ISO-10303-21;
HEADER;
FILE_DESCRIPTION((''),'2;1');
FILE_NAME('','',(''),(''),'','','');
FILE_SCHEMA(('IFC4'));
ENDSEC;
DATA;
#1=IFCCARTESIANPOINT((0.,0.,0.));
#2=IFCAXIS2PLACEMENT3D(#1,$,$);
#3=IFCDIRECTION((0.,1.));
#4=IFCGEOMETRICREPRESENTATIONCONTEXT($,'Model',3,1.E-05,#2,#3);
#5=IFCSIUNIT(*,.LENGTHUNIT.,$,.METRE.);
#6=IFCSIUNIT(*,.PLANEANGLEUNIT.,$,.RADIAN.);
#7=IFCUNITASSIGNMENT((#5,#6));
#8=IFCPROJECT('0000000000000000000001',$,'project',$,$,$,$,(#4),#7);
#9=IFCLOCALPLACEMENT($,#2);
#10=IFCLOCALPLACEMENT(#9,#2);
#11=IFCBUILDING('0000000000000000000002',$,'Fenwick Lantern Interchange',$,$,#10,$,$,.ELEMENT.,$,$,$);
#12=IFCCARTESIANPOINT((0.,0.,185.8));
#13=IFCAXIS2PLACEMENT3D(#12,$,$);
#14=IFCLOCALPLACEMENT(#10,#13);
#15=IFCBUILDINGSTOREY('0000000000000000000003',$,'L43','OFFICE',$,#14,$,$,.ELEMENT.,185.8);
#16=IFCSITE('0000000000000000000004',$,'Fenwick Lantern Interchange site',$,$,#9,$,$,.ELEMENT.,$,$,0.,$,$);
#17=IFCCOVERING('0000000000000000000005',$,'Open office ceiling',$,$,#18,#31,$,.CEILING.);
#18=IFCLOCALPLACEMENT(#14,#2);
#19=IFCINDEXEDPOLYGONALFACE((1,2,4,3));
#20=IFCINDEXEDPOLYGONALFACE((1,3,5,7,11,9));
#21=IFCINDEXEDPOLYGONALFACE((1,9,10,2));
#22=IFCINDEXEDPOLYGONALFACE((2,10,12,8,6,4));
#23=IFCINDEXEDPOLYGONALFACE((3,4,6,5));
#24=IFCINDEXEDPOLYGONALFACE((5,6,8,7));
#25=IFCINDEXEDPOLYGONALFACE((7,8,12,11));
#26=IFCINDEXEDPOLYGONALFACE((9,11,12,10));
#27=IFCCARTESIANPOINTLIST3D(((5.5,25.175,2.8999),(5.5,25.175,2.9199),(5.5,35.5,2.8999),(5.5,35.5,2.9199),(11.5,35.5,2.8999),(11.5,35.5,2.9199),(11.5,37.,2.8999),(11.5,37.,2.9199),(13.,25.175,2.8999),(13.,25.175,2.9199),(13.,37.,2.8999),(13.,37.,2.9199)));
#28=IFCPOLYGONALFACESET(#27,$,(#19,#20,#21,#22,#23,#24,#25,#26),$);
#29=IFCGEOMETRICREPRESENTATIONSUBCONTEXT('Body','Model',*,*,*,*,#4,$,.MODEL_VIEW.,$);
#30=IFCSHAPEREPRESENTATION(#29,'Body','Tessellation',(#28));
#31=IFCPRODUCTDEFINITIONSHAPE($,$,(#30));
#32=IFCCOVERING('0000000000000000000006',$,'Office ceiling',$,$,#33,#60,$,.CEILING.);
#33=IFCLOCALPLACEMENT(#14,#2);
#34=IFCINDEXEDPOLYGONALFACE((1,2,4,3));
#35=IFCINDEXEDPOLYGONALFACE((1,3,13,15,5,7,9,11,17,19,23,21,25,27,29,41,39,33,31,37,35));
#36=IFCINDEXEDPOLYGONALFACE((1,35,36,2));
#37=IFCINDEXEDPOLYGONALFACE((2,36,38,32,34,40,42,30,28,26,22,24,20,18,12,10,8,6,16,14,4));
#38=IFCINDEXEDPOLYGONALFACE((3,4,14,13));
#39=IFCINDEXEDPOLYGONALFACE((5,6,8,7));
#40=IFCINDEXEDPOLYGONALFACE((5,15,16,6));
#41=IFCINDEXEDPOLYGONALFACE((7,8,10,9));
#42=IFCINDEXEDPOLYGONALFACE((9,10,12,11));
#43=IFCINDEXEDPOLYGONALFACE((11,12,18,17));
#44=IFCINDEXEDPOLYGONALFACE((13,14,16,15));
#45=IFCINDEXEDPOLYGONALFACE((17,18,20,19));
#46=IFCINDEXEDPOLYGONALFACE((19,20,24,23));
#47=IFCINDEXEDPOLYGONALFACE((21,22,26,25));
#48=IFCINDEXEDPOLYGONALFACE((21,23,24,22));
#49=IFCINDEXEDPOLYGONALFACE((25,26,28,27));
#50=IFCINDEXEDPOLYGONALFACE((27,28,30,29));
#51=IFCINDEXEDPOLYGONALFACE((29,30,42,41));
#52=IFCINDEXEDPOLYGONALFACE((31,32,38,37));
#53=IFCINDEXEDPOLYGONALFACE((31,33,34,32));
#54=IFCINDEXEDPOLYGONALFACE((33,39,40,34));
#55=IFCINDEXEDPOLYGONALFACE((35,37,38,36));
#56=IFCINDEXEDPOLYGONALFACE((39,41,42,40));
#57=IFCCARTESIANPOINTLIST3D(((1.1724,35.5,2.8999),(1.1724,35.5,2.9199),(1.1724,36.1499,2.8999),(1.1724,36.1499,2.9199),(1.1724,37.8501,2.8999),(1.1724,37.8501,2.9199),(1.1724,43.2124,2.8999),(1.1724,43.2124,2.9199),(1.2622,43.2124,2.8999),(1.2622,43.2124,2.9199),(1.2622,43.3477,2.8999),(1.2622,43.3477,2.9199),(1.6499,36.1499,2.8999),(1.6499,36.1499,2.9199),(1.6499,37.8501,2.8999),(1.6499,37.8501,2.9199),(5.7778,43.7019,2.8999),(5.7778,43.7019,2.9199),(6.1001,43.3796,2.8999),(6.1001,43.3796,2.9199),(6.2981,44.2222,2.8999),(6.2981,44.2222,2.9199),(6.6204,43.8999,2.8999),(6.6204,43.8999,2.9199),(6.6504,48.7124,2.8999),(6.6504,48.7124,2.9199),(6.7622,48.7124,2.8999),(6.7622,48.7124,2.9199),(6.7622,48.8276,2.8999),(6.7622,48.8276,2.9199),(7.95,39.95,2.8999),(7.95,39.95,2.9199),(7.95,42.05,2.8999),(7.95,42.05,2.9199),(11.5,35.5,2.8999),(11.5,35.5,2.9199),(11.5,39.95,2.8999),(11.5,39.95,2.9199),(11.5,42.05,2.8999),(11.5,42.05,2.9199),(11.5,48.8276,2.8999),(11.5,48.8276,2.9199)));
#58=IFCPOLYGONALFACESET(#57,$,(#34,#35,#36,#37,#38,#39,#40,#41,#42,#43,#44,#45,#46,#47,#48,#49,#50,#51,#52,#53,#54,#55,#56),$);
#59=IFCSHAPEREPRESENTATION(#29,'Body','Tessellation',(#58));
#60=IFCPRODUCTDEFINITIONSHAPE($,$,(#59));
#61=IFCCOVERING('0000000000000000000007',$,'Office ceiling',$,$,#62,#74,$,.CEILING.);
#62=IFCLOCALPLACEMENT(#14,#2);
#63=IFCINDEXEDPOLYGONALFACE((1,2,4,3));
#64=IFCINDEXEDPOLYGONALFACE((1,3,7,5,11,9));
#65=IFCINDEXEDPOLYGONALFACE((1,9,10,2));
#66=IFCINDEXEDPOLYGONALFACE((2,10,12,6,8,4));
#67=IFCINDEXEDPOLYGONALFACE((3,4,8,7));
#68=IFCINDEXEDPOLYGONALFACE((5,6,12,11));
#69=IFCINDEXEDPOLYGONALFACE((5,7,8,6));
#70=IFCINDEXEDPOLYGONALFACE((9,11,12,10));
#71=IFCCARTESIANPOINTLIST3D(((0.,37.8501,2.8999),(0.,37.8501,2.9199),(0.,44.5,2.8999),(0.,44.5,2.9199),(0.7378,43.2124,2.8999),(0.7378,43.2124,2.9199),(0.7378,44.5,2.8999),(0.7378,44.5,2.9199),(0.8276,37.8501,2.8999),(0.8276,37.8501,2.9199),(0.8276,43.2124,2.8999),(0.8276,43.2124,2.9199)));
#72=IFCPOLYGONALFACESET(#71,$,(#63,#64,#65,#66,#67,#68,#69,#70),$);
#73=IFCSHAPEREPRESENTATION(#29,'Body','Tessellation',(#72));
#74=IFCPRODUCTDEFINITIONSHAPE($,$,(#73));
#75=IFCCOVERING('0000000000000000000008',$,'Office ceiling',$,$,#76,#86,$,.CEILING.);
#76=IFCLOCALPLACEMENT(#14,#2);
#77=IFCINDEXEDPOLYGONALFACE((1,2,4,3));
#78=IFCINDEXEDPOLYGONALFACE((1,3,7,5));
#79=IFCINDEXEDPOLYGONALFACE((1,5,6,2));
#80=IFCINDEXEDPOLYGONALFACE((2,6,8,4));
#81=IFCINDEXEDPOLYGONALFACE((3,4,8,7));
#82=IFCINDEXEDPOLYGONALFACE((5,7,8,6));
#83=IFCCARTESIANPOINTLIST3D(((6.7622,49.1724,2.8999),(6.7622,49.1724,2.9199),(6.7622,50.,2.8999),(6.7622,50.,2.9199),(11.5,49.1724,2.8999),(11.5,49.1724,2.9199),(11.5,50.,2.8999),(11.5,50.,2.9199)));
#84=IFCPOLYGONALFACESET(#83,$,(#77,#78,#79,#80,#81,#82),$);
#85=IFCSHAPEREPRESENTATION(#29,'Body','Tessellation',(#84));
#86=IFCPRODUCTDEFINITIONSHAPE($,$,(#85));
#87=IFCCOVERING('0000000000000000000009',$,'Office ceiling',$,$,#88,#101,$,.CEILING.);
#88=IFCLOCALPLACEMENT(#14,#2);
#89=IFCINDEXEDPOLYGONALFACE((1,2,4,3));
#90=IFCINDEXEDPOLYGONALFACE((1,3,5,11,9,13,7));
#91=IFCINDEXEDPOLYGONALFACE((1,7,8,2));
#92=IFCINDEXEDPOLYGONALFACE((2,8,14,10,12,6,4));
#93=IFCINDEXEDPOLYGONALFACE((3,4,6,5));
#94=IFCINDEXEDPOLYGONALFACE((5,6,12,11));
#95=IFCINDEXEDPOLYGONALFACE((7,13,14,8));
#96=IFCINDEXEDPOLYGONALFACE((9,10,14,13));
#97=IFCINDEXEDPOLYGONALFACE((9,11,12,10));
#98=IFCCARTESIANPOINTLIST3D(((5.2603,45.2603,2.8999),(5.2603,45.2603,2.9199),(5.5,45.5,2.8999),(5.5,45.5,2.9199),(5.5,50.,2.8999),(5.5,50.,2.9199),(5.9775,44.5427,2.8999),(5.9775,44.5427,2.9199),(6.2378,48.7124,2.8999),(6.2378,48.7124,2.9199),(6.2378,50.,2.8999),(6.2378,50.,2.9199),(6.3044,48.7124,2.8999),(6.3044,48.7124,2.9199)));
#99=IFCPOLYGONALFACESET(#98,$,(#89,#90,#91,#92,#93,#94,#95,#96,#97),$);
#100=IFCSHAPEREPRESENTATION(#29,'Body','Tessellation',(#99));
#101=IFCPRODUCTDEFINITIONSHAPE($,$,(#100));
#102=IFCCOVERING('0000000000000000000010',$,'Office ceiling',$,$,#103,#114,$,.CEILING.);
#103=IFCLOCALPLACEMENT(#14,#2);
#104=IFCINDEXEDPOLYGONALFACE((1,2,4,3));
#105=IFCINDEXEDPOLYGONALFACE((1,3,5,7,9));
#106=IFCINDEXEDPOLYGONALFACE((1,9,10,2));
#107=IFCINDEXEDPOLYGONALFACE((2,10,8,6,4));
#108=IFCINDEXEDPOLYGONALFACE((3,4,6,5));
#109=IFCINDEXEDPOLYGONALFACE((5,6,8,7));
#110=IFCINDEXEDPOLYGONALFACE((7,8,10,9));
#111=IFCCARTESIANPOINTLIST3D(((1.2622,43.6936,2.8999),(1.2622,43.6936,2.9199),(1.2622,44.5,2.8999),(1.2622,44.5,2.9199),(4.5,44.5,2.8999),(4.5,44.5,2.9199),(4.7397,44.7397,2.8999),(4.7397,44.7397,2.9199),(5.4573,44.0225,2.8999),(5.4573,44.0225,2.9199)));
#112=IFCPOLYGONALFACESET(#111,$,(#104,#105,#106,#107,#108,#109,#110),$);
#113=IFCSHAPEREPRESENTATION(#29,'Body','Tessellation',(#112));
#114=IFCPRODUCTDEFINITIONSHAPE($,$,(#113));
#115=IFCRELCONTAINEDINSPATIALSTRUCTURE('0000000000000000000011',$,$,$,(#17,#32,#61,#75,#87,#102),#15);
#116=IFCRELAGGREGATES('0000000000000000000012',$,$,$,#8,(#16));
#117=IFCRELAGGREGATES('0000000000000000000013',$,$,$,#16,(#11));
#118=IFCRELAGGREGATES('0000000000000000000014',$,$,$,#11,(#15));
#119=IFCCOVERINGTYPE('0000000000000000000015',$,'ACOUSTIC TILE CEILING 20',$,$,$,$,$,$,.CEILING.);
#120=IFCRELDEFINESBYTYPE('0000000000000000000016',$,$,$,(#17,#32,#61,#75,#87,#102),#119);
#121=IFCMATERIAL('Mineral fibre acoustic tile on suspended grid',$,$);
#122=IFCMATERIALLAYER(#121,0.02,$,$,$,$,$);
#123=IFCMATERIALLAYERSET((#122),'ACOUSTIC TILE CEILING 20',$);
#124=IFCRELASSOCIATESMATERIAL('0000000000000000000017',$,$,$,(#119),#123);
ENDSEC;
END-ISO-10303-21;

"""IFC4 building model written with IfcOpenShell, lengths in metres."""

from ifc_helpers import new_model, si_unit, direction, frame, origin, place, context, subcontext, project, spatial, polyline, outline, extrude, material, layer, layer_set, type_object, element, save


model = new_model("IFC4")

# Units and contexts
model_context = context("Model", 3, precision=1e-05, world=origin(), true_north=direction((0.0, 1.0)))
body_context = subcontext(model_context, "Body", "Model", "MODEL_VIEW")
ifc_project = project(units=[si_unit("LENGTHUNIT", "METRE"), si_unit("PLANEANGLEUNIT", "RADIAN")], contexts=[model_context])

# Site, building, storey
site_placement = place(None, origin())
site = spatial("IfcSite", under=ifc_project, at=site_placement, Name="Fenwick Lantern Interchange site", CompositionType="ELEMENT", RefElevation=0.0)
building_placement = place(site_placement, origin())
building = spatial("IfcBuilding", under=site, at=building_placement, Name="Fenwick Lantern Interchange", CompositionType="ELEMENT")
storey_placement = place(building_placement, frame((0.0, 0.0, 185.8)))
storey = spatial("IfcBuildingStorey", under=building, at=storey_placement, Name="L43", Description="OFFICE", CompositionType="ELEMENT", Elevation=185.8)

# Coverings
ifc_material = material(Name="Mineral fibre acoustic tile on suspended grid")
ifc_layer = layer(ifc_material, 0.02)
ifc_layer_set = layer_set([ifc_layer], Name="ACOUSTIC TILE CEILING 20")
covering_type = type_object("IfcCoveringType", Name="ACOUSTIC TILE CEILING 20", PredefinedType="CEILING", material=ifc_layer_set)
covering_1_placement = place(storey_placement, frame((0.0, 0.0, 2.8999)))
element("IfcCovering", 1, at=covering_1_placement, inside=storey, type_object=covering_type, Name="Open office ceiling", PredefinedType="CEILING", context=body_context, shape_type="SweptSolid", body=[
    extrude(outline(polyline([(5.5, 35.5), (5.5, 25.175), (13.0, 25.175), (13.0, 37.0), (11.5, 37.0), (11.5, 35.5), (5.5, 35.5)])), origin(), (0.0, 0.0, 1.0), 0.02),
])
covering_2_placement = place(storey_placement, frame((0.0, 0.0, 2.8999)))
element("IfcCovering", 2, at=covering_2_placement, inside=storey, type_object=covering_type, Name="Office ceiling", PredefinedType="CEILING", context=body_context, shape_type="SweptSolid", body=[
    extrude(outline(polyline([(6.7622, 48.7124), (6.6504, 48.7124), (6.2981, 44.2222), (6.6204, 43.8999), (6.1001, 43.3796), (5.7778, 43.7019), (1.2622, 43.3477), (1.2622, 43.2124), (1.1724, 43.2124), (1.1724, 37.8501), (1.6499, 37.8501), (1.6499, 36.1499), (1.1724, 36.1499), (1.1724, 35.5), (11.5, 35.5), (11.5, 39.95), (7.95, 39.95), (7.95, 42.05), (11.5, 42.05), (11.5, 48.8276), (6.7622, 48.8276), (6.7622, 48.7124)])), origin(), (0.0, 0.0, 1.0), 0.02),
])
covering_3_placement = place(storey_placement, frame((0.0, 0.0, 2.8999)))
element("IfcCovering", 3, at=covering_3_placement, inside=storey, type_object=covering_type, Name="Office ceiling", PredefinedType="CEILING", context=body_context, shape_type="SweptSolid", body=[
    extrude(outline(polyline([(0.0, 37.8501), (0.8276, 37.8501), (0.8276, 43.2124), (0.7378, 43.2124), (0.7378, 44.5), (0.0, 44.5), (0.0, 37.8501)])), origin(), (0.0, 0.0, 1.0), 0.02),
])
covering_4_placement = place(storey_placement, frame((0.0, 0.0, 2.8999)))
element("IfcCovering", 4, at=covering_4_placement, inside=storey, type_object=covering_type, Name="Office ceiling", PredefinedType="CEILING", context=body_context, shape_type="SweptSolid", body=[
    extrude(outline(polyline([(6.7622, 50.0), (6.7622, 49.1724), (11.5, 49.1724), (11.5, 50.0), (6.7622, 50.0)])), origin(), (0.0, 0.0, 1.0), 0.02),
])
covering_5_placement = place(storey_placement, frame((0.0, 0.0, 2.8999)))
element("IfcCovering", 5, at=covering_5_placement, inside=storey, type_object=covering_type, Name="Office ceiling", PredefinedType="CEILING", context=body_context, shape_type="SweptSolid", body=[
    extrude(outline(polyline([(6.3044, 48.7124), (6.2378, 48.7124), (6.2378, 50.0), (5.5, 50.0), (5.5, 45.5), (5.2603, 45.2603), (5.9775, 44.5427), (6.3044, 48.7124)])), origin(), (0.0, 0.0, 1.0), 0.02),
])
covering_6_placement = place(storey_placement, frame((0.0, 0.0, 2.8999)))
element("IfcCovering", 6, at=covering_6_placement, inside=storey, type_object=covering_type, Name="Office ceiling", PredefinedType="CEILING", context=body_context, shape_type="SweptSolid", body=[
    extrude(outline(polyline([(1.2622, 44.5), (1.2622, 43.6936), (5.4573, 44.0225), (4.7397, 44.7397), (4.5, 44.5), (1.2622, 44.5)])), origin(), (0.0, 0.0, 1.0), 0.02),
])

save(model, "model.ifc")
